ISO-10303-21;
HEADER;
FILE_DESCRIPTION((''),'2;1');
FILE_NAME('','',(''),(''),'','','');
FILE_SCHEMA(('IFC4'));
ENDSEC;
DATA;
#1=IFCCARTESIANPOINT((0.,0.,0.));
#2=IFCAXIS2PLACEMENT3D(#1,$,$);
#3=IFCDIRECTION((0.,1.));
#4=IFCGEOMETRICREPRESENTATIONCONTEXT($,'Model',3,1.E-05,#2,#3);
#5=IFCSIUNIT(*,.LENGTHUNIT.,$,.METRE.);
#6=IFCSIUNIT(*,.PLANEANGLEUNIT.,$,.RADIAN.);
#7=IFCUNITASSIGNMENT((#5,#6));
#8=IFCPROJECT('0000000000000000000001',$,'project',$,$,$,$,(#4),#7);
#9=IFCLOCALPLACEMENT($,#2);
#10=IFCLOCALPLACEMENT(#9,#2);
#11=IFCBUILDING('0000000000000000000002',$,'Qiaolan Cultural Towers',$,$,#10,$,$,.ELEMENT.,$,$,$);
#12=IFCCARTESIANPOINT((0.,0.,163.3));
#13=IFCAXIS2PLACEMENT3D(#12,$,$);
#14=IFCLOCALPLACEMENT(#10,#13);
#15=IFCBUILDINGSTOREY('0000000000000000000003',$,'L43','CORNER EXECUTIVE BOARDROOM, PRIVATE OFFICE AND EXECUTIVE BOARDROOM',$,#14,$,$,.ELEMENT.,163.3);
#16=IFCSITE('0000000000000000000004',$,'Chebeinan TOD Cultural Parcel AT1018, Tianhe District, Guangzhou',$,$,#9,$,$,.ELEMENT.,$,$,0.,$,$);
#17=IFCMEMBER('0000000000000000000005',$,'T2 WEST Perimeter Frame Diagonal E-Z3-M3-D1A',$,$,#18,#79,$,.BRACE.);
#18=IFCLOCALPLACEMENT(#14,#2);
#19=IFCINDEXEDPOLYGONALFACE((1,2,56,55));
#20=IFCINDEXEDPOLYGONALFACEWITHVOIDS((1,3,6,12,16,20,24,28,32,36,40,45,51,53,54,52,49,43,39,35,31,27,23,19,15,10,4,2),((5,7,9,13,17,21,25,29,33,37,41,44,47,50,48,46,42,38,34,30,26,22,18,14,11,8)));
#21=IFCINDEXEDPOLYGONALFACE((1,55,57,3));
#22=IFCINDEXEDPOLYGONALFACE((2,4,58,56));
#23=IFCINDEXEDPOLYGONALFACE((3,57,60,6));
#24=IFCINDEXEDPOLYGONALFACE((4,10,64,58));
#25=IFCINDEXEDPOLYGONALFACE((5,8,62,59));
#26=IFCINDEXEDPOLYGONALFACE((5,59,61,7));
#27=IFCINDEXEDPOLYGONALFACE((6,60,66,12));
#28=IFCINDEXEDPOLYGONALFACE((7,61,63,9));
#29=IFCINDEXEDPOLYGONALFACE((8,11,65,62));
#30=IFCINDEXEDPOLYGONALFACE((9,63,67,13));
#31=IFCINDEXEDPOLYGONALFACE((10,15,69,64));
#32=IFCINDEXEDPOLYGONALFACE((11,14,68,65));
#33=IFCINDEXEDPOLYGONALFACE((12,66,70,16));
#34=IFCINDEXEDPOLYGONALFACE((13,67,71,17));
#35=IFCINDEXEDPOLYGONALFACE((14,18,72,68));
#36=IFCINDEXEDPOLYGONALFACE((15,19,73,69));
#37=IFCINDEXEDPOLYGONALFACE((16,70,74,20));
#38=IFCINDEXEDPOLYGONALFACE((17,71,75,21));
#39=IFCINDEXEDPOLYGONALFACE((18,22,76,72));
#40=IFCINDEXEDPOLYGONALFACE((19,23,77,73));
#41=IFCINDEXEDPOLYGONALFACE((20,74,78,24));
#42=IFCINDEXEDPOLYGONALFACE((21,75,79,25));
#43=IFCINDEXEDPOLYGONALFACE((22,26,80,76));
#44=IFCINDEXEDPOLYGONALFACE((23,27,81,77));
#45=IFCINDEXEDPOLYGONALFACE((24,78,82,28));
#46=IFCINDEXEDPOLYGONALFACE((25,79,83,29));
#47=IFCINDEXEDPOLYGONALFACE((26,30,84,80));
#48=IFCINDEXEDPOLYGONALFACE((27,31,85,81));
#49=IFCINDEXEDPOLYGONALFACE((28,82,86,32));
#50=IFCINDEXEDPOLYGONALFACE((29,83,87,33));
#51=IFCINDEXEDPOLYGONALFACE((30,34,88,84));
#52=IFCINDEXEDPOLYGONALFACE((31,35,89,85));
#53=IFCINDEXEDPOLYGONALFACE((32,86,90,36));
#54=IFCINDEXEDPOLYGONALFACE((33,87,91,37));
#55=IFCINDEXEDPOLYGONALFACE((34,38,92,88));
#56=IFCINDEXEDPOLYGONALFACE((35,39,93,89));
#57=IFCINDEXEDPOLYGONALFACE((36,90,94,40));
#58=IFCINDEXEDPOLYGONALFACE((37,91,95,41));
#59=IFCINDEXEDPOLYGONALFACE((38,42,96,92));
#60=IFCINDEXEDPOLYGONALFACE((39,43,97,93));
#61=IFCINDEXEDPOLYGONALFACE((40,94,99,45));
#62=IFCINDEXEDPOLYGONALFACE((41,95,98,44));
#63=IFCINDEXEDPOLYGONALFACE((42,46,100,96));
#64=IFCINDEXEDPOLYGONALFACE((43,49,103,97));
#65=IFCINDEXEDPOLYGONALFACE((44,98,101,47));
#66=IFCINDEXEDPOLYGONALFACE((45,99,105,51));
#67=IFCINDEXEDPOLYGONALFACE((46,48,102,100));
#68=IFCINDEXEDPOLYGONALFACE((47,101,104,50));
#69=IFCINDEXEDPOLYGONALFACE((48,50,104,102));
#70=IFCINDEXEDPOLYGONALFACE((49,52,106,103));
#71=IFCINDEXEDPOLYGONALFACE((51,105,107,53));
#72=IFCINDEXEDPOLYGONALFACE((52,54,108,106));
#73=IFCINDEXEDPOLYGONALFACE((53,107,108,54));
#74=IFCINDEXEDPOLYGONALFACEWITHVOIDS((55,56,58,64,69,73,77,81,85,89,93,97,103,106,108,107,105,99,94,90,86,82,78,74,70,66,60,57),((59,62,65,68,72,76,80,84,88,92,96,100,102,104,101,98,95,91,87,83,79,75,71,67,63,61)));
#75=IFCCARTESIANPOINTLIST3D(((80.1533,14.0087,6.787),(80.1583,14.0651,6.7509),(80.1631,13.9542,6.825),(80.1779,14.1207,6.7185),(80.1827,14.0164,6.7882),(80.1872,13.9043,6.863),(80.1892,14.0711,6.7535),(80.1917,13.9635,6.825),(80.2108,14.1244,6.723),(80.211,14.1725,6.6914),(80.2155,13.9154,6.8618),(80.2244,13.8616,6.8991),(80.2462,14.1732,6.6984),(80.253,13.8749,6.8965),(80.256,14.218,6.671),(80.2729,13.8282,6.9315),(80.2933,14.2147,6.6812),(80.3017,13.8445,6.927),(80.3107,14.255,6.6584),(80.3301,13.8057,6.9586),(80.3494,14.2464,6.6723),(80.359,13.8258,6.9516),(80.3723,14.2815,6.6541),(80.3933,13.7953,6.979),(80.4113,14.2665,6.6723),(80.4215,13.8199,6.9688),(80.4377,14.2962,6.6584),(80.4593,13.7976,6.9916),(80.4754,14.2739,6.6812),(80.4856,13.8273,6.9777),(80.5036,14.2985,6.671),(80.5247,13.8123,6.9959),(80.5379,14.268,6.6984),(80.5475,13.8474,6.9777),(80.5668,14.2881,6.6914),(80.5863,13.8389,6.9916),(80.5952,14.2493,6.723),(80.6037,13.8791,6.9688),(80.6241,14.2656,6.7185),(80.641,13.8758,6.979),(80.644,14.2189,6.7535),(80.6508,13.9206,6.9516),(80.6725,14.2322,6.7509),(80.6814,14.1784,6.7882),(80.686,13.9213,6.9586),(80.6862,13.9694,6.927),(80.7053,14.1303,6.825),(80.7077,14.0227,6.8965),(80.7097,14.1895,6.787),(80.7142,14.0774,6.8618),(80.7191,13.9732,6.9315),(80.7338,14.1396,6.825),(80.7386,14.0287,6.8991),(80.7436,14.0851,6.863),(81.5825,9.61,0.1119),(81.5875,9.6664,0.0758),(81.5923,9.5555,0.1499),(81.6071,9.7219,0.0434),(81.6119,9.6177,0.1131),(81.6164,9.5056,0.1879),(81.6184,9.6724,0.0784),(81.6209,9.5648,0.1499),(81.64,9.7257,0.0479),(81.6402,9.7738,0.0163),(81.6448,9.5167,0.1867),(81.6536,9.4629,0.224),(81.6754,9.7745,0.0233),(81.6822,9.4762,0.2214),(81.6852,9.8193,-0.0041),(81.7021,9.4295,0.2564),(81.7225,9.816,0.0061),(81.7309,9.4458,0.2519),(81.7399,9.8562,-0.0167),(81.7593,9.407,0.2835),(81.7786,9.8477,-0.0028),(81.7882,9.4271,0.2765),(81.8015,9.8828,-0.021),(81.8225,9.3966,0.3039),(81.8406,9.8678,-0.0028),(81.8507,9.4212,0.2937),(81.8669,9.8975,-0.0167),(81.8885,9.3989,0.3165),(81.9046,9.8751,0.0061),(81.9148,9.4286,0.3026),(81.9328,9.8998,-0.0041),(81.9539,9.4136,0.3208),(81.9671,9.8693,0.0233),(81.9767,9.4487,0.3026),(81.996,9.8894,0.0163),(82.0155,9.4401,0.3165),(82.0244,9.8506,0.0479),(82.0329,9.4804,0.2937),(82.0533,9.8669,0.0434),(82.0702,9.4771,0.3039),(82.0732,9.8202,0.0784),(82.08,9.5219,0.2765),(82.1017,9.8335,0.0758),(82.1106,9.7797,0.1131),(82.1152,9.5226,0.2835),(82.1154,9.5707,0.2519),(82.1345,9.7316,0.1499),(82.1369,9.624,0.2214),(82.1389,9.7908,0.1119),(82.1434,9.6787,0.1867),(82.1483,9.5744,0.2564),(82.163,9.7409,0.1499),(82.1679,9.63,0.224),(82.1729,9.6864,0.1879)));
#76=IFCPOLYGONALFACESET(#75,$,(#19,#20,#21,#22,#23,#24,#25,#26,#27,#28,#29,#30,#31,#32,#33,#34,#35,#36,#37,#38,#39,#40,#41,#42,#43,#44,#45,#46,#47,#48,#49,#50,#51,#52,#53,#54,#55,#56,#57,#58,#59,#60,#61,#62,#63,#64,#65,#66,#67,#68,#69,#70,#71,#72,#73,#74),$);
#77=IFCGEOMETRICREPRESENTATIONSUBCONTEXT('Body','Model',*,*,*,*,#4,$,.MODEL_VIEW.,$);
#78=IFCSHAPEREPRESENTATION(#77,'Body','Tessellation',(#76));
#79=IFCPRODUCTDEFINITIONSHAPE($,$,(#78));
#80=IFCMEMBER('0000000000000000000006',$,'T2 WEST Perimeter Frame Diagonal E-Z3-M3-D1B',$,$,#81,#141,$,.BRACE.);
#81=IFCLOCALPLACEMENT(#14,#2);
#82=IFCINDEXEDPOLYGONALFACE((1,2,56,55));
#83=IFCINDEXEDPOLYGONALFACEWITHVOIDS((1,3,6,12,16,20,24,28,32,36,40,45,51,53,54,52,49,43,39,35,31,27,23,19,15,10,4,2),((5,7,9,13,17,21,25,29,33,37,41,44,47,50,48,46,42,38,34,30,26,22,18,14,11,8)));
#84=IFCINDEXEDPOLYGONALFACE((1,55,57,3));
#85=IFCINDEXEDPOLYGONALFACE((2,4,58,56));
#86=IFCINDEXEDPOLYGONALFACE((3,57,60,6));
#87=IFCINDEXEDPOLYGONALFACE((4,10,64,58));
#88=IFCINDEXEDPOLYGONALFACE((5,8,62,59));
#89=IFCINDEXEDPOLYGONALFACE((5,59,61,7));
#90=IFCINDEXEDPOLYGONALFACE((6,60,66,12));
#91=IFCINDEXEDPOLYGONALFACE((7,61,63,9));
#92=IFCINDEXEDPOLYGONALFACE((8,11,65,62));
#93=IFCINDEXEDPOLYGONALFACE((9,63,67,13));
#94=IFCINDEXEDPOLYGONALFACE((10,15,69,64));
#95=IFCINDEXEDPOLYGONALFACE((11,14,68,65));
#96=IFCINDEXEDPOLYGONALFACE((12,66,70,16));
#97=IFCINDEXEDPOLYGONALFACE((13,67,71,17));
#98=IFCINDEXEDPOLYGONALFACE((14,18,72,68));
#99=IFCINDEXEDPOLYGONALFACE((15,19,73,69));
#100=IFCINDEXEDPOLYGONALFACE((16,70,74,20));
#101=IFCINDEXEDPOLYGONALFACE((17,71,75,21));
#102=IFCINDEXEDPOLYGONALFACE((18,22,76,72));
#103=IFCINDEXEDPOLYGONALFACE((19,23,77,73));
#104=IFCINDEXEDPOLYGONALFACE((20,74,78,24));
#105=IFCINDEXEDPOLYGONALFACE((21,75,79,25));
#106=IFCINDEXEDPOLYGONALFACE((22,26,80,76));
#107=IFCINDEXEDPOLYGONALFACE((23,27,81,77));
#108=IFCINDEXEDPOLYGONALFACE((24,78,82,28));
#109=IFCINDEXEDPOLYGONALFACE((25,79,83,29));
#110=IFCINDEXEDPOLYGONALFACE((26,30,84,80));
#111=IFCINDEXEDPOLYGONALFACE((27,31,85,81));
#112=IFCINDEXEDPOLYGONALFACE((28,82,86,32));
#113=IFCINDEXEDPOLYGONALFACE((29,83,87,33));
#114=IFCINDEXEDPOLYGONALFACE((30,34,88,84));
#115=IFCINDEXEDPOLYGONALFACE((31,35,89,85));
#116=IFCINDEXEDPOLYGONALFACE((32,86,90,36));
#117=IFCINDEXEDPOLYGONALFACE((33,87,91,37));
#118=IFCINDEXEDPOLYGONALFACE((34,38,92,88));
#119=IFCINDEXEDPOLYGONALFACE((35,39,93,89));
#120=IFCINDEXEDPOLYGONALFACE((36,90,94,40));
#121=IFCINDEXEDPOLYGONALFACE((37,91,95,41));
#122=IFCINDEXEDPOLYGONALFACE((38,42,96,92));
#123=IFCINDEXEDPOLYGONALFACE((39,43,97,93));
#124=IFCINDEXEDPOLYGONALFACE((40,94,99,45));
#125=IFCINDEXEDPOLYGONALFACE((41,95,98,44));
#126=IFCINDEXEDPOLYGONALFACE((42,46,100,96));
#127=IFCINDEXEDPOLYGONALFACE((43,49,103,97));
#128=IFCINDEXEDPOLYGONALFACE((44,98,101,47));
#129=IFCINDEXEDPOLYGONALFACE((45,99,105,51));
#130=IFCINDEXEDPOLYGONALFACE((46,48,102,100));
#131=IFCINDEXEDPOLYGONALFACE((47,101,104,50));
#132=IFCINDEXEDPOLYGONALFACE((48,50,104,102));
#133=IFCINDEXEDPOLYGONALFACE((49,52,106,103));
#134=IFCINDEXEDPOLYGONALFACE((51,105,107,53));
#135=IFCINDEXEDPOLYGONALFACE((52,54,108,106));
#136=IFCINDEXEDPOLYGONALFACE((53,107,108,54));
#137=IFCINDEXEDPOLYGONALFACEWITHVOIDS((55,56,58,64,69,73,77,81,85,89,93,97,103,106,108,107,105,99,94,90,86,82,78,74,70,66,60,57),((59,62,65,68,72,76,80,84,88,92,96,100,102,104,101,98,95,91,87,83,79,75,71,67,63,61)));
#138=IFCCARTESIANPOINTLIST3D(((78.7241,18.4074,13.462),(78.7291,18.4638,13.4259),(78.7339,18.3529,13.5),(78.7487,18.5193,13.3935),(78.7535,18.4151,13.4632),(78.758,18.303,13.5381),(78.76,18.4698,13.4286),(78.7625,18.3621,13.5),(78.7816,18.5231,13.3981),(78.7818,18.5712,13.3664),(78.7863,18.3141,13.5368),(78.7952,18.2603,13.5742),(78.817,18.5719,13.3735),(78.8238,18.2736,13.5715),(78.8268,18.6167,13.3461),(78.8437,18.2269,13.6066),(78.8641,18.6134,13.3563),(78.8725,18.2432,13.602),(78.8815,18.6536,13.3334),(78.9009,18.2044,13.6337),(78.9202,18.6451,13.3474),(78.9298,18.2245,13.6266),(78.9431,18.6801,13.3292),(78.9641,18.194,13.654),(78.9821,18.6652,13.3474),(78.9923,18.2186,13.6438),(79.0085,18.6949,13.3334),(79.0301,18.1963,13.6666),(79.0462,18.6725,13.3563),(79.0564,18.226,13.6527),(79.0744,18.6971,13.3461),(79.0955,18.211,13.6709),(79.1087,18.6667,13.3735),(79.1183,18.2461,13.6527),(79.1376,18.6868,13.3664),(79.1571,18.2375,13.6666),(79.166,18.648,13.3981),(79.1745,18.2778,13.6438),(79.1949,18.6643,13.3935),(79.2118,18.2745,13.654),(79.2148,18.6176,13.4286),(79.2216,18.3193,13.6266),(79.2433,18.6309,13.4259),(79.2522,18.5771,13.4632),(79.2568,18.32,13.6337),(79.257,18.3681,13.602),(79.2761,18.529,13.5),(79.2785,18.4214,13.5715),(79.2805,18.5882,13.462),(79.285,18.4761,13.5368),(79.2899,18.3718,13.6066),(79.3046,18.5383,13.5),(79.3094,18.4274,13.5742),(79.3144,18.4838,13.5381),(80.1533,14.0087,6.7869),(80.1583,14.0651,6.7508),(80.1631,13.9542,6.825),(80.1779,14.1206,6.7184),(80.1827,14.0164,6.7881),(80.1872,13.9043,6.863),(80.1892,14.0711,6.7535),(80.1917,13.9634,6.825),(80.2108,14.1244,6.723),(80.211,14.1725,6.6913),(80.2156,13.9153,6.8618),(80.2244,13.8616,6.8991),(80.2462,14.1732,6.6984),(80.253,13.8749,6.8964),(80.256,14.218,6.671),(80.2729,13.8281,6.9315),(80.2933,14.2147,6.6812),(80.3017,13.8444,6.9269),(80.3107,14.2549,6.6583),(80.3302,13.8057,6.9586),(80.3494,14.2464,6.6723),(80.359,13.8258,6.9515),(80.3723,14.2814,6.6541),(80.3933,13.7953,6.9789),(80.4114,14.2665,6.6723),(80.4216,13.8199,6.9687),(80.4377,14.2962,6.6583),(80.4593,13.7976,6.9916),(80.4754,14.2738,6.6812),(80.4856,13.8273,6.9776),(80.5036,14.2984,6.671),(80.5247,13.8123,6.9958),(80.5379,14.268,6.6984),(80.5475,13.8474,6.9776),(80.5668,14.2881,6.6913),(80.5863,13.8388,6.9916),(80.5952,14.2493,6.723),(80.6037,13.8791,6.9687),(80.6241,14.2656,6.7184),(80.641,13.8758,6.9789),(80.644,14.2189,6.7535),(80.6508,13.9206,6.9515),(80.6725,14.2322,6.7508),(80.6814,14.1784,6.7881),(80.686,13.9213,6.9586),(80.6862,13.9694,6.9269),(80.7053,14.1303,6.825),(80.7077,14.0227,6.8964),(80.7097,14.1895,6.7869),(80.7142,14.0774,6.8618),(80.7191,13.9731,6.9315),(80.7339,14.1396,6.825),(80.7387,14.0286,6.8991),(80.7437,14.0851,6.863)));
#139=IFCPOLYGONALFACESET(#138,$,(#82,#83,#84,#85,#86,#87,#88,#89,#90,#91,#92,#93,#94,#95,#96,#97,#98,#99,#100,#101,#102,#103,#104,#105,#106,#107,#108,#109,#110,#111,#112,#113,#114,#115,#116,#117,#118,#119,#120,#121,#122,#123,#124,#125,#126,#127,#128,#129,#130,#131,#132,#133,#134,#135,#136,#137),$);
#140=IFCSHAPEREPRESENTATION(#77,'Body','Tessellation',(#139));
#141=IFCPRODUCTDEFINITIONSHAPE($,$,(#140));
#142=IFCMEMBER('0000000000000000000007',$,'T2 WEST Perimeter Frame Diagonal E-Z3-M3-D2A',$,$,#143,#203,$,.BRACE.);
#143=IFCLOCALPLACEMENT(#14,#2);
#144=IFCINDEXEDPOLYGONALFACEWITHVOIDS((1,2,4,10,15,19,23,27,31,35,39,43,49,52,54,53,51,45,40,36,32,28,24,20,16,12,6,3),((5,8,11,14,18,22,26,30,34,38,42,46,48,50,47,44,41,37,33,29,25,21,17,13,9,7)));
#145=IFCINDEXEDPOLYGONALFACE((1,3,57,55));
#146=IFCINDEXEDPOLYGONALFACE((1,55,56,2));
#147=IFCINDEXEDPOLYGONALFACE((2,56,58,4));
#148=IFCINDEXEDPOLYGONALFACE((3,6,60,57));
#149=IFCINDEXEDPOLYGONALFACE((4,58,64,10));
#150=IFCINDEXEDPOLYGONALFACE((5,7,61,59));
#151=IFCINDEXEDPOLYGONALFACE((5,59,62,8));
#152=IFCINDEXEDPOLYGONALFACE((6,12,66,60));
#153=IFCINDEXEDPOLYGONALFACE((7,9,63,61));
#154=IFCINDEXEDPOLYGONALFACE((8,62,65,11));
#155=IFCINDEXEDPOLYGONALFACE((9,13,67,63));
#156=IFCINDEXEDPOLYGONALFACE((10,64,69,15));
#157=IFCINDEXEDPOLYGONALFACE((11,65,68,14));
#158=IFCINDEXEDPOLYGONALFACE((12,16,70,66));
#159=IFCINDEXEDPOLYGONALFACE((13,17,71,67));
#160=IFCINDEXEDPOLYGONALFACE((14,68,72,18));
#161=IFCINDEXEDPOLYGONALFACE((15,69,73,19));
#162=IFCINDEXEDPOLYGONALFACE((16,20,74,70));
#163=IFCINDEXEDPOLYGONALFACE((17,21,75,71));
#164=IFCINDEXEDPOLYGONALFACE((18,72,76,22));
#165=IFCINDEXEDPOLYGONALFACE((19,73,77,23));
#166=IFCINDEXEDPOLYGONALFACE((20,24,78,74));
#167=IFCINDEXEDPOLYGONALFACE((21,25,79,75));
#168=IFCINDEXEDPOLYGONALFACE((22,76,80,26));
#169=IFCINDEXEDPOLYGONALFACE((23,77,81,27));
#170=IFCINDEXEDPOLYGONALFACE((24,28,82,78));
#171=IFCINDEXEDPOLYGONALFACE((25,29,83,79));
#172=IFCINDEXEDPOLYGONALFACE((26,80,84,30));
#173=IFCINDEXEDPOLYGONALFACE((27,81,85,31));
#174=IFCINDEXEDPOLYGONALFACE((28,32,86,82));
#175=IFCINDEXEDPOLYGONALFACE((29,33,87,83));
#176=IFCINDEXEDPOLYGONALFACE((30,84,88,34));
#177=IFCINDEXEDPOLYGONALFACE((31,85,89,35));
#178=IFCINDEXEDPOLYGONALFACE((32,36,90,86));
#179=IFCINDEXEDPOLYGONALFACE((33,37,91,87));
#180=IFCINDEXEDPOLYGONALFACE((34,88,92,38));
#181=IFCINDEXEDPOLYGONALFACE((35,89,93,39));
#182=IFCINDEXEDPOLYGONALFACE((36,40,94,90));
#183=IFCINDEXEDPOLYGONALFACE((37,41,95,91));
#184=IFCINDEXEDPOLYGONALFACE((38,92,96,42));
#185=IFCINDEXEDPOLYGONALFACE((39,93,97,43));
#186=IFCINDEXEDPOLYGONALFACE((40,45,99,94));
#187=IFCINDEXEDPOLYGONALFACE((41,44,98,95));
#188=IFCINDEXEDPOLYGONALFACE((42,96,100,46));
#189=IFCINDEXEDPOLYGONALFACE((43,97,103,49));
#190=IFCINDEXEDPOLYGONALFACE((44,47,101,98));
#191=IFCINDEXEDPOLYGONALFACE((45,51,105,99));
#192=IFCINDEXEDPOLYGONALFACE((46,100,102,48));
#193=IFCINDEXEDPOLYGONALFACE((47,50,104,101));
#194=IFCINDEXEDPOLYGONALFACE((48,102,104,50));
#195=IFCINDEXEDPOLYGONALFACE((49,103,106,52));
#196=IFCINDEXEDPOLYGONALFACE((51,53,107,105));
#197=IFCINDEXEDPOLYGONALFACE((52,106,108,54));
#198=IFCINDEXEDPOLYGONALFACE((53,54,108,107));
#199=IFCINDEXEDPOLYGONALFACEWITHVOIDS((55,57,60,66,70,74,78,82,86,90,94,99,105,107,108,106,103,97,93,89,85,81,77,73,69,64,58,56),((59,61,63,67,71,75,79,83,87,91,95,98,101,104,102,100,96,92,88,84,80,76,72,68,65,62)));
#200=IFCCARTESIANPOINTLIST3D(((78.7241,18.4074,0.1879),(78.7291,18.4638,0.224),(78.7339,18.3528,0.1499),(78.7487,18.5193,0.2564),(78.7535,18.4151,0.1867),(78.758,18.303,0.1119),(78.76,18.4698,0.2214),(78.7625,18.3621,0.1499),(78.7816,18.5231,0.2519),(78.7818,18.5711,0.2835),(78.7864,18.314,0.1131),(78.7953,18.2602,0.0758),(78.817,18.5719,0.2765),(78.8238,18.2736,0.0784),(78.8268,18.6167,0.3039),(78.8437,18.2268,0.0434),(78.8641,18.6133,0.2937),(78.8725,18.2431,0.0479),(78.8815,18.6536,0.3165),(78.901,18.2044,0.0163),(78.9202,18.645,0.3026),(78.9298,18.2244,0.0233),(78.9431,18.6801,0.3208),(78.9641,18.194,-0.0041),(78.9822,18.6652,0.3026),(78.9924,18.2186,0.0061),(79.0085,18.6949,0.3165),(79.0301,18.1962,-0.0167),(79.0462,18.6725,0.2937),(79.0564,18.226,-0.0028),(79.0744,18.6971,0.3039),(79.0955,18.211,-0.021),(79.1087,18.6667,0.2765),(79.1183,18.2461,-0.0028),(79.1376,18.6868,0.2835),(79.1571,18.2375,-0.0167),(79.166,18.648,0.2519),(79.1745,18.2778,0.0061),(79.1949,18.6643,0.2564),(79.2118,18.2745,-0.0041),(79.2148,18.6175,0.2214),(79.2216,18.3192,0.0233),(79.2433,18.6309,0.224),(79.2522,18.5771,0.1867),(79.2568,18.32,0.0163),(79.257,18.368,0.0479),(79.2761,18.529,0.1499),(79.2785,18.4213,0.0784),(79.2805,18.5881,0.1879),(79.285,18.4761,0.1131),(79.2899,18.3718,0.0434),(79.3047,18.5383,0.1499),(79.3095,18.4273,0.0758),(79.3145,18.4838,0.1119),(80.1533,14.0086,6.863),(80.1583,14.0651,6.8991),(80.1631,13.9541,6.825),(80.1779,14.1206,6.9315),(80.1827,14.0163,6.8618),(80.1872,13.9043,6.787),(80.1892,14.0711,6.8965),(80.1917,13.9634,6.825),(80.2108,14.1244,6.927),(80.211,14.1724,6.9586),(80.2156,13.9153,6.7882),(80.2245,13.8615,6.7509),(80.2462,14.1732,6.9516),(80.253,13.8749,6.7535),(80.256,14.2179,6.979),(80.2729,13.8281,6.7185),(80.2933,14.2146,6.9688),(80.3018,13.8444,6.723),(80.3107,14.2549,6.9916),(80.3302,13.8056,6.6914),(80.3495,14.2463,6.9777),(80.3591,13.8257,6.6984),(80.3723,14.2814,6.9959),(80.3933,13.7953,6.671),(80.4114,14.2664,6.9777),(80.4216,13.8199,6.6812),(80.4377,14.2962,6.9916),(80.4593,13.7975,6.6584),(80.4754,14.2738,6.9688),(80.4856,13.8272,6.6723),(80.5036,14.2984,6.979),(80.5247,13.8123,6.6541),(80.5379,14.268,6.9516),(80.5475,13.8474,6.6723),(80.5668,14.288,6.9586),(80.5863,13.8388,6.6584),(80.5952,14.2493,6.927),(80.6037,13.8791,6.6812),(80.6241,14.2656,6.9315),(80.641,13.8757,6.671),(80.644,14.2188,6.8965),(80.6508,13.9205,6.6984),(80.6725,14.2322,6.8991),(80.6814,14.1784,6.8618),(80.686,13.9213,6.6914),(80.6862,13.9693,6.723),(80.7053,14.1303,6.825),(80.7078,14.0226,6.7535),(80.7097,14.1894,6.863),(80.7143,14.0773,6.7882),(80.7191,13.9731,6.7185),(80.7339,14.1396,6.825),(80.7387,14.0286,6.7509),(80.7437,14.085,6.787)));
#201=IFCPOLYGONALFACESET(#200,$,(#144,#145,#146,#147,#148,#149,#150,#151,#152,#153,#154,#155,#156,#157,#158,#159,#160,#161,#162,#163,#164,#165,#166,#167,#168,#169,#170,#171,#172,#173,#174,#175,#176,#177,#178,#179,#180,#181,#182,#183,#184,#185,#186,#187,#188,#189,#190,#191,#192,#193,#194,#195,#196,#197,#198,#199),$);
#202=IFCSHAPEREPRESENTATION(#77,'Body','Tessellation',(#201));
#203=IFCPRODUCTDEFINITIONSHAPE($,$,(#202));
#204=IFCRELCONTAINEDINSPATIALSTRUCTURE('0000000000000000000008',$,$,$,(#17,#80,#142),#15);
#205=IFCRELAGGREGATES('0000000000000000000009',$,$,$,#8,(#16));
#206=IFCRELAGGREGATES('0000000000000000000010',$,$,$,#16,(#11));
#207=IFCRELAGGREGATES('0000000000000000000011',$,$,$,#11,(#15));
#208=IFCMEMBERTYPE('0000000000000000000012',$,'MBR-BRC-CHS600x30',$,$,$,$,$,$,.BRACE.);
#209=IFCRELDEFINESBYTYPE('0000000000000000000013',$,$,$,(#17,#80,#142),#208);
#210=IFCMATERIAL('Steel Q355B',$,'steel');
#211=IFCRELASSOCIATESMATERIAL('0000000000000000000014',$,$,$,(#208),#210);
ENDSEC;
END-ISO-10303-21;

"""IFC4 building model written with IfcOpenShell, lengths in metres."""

from ifc_helpers import new_model, si_unit, direction, frame, origin, origin_2d, place, context, subcontext, project, spatial, hollow_circle, extrude, material, material_profile, profile_set, type_object, element, save


model = new_model("IFC4")

# Units and contexts
model_context = context("Model", 3, precision=1e-05, world=origin(), true_north=direction((0.0, 1.0)))
body_context = subcontext(model_context, "Body", "Model", "MODEL_VIEW")
ifc_project = project(units=[si_unit("LENGTHUNIT", "METRE"), si_unit("PLANEANGLEUNIT", "RADIAN")], contexts=[model_context])

# Site, building, storey
site_placement = place(None, origin())
site = spatial("IfcSite", under=ifc_project, at=site_placement, Name="Chebeinan TOD Cultural Parcel AT1018, Tianhe District, Guangzhou", CompositionType="ELEMENT", RefElevation=0.0)
building_placement = place(site_placement, origin())
building = spatial("IfcBuilding", under=site, at=building_placement, Name="Qiaolan Cultural Towers", CompositionType="ELEMENT")
storey_placement = place(building_placement, frame((0.0, 0.0, 163.3)))
storey = spatial("IfcBuildingStorey", under=building, at=storey_placement, Name="L43", Description="CORNER EXECUTIVE BOARDROOM, PRIVATE OFFICE AND EXECUTIVE BOARDROOM", CompositionType="ELEMENT", Elevation=163.3)

# Members
ifc_material_1 = material(Name="Steel Q355B", Category="steel")
ifc_material_profile_1 = material_profile(ifc_material_1, hollow_circle(Radius=0.3, WallThickness=0.03, at=origin_2d()), Name="CHS600x30")
ifc_profile_set_1 = profile_set([ifc_material_profile_1], Name="Steel Q355B")
member_type = type_object("IfcMemberType", Name="MBR-BRC-CHS600x30", PredefinedType="BRACE", material=ifc_profile_set_1)
for number, where, z_axis, x_axis, name in (
    (1, (81.8777, 9.6482, 0.1499), (-0.175993, 0.541657, 0.82197), (-0.951058, -0.309013, 0.0), "T2 WEST Perimeter Frame Diagonal E-Z3-M3-D1A"),
    (2, (80.4485, 14.0469, 6.825), (-0.175993, 0.541657, 0.82197), (-0.951058, -0.309013, 0.0), "T2 WEST Perimeter Frame Diagonal E-Z3-M3-D1B"),
    (3, (79.0193, 18.4456, 0.1499), (0.175993, -0.541657, 0.82197), (0.951058, 0.309013, 0.0), "T2 WEST Perimeter Frame Diagonal E-Z3-M3-D2A"),
):
    element("IfcMember", number, at=place(storey_placement, frame(where, z_axis=z_axis, x_axis=x_axis)), inside=storey, type_object=member_type, Name=name, PredefinedType="BRACE", context=body_context, shape_type="SweptSolid", body=[
        extrude(hollow_circle(Radius=0.3, WallThickness=0.03, at=origin_2d()), origin(), (0.0, 0.0, 1.0), 8.1208),
    ])

save(model, "model.ifc")
